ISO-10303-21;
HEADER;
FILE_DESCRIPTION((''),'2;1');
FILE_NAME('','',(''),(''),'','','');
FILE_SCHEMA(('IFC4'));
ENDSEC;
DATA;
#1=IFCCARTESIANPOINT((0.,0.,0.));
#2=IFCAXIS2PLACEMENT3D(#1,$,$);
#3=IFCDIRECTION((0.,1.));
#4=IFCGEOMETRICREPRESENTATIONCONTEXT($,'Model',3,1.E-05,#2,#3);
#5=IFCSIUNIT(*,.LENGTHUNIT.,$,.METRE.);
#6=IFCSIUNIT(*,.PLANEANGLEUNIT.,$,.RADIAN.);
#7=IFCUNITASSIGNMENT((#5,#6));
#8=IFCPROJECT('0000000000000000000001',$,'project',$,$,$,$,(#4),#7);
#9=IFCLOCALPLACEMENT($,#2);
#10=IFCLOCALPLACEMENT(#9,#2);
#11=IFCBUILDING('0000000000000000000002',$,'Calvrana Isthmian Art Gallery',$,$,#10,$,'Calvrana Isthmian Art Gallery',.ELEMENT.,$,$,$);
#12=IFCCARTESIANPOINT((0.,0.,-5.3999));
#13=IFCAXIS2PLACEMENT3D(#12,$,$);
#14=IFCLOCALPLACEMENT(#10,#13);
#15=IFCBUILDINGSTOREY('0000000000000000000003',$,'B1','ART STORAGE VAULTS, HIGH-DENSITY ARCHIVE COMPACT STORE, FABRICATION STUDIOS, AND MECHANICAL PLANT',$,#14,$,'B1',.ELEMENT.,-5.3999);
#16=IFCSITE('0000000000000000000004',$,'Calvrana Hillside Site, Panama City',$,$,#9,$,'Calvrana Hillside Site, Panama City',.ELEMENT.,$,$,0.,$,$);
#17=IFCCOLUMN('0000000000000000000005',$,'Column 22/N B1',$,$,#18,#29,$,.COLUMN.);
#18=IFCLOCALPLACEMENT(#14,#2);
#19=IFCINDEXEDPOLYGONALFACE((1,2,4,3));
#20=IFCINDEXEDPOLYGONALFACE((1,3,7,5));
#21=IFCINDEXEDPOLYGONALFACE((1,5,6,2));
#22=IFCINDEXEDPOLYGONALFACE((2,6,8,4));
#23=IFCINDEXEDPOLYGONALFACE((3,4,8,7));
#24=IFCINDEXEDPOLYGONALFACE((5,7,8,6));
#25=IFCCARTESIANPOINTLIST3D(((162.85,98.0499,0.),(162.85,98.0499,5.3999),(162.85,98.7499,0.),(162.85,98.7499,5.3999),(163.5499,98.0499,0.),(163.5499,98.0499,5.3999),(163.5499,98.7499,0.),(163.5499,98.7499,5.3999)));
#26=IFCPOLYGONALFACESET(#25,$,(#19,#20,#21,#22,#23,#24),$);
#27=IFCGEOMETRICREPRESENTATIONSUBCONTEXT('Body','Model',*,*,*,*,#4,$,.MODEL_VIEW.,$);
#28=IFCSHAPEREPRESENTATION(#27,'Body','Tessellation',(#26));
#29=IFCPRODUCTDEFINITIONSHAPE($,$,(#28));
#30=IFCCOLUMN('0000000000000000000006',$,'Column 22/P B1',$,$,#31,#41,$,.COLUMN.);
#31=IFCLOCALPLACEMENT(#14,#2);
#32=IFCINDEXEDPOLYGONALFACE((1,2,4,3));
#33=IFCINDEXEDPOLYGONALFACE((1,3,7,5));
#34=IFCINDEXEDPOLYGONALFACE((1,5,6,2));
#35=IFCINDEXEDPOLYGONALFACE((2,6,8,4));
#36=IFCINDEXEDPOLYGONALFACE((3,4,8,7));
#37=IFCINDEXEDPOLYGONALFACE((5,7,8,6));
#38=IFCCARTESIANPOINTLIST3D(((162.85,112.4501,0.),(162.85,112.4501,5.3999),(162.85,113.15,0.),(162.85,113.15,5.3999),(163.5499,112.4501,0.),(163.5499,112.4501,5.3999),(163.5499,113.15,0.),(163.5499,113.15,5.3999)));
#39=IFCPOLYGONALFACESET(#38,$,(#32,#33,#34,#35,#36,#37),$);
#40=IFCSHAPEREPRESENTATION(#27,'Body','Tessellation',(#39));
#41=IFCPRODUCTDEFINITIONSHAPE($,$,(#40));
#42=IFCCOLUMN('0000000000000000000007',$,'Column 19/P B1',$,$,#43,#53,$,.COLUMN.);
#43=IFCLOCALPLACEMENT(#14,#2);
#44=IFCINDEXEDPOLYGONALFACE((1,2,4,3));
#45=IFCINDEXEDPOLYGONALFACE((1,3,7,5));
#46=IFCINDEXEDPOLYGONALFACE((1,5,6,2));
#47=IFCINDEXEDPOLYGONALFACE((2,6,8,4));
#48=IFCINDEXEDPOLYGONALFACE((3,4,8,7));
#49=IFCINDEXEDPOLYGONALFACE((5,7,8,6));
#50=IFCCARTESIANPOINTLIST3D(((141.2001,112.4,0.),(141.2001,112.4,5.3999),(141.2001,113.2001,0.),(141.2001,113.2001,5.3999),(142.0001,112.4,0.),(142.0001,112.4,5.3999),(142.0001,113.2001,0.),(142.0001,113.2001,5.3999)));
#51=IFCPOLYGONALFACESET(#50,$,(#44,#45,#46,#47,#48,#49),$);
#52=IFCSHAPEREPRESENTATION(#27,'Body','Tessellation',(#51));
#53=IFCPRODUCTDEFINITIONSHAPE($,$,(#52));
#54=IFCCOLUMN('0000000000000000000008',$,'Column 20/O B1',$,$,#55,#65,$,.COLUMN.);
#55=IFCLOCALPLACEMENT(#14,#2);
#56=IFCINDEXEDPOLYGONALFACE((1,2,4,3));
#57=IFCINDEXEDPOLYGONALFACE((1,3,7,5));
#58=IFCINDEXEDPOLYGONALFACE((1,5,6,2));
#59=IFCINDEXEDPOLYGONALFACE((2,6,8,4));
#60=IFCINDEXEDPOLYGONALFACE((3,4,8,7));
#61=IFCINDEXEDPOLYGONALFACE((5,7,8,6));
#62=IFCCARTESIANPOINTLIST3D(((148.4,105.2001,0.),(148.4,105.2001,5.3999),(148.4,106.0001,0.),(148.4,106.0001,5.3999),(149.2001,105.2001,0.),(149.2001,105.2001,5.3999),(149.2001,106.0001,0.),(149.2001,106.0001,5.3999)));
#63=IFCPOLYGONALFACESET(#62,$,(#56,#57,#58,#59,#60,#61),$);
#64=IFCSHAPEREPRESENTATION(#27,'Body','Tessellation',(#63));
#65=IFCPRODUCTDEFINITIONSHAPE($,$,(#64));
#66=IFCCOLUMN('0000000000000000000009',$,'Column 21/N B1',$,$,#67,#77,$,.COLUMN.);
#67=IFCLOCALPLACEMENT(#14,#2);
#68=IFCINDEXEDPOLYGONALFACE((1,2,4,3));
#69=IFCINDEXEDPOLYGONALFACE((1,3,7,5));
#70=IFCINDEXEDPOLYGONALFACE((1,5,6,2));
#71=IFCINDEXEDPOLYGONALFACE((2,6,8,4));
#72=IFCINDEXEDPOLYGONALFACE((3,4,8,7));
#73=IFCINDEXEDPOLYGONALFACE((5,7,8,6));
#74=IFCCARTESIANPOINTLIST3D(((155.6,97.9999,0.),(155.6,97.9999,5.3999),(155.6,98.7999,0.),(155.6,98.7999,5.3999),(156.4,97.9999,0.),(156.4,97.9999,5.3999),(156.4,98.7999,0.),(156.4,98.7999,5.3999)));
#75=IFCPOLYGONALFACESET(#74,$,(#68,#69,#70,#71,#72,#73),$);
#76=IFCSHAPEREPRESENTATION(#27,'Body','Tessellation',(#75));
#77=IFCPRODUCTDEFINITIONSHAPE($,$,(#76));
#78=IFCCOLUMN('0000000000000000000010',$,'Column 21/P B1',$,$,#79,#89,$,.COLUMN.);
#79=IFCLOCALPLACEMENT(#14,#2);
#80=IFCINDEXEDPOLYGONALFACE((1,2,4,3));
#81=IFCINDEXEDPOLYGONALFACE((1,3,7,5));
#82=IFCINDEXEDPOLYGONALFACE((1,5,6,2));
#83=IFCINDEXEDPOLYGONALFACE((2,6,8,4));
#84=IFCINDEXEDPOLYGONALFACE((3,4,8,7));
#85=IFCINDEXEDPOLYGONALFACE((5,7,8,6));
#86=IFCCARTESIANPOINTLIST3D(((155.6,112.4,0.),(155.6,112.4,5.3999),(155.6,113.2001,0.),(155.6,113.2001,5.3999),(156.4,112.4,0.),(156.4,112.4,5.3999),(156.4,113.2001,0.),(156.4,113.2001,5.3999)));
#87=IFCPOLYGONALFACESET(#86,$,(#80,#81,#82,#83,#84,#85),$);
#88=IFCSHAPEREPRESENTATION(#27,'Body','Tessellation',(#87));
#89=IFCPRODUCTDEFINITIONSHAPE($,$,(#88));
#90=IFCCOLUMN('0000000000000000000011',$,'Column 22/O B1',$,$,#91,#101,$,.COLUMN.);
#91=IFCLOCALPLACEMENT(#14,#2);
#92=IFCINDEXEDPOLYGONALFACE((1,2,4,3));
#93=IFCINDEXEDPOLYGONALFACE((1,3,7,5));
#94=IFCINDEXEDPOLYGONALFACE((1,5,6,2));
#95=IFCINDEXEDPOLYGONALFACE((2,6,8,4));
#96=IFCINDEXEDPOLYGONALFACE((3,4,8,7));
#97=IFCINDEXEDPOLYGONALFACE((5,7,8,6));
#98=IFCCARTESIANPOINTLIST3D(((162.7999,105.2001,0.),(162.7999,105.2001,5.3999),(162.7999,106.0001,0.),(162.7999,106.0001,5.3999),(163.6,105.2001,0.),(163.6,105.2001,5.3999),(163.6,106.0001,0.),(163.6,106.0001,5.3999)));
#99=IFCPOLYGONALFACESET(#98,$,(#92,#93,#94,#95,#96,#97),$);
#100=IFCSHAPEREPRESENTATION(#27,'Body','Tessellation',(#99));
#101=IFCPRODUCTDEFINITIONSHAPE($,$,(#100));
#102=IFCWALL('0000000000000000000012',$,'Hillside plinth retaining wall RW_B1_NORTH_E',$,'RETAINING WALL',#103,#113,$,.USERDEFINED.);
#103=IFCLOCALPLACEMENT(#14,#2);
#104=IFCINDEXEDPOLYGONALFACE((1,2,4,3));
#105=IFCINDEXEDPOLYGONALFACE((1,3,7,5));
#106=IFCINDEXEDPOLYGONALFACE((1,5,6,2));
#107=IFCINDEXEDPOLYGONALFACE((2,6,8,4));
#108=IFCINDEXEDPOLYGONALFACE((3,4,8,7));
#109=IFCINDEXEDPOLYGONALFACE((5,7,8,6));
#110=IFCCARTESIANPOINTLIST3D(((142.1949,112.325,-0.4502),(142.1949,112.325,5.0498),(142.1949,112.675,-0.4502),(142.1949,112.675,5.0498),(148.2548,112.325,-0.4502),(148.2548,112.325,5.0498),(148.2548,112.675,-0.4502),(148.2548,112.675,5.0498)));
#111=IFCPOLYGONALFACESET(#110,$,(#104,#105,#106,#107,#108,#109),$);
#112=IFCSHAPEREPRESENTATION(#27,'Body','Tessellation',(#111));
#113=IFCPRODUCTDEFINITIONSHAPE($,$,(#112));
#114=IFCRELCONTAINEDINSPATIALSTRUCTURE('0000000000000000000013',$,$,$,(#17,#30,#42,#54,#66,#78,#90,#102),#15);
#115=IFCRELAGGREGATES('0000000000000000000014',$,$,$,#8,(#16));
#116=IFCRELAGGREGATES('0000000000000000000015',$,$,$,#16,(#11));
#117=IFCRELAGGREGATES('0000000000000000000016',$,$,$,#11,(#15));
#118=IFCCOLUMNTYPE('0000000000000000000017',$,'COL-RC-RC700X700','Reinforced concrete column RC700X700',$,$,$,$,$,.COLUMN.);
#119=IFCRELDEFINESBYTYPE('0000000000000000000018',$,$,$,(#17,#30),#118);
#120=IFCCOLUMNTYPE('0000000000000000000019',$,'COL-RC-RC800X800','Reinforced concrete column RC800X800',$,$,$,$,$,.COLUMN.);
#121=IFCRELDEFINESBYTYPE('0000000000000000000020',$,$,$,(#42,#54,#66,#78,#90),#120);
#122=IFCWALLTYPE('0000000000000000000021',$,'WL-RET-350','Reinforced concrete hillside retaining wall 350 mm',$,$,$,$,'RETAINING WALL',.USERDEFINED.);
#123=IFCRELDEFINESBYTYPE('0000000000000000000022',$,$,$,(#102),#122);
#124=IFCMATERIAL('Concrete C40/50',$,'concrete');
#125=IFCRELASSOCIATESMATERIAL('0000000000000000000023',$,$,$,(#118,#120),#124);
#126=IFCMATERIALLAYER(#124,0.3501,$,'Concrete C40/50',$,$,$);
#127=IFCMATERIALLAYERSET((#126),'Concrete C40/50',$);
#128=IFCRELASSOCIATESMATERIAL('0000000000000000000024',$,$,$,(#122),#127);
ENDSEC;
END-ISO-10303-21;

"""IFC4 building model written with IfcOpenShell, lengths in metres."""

from ifc_helpers import new_model, si_unit, direction, frame, frame_2d, origin, origin_2d, place, context, subcontext, project, spatial, rectangle, extrude, material, layer, layer_set, material_profile, profile_set, type_object, element, save


model = new_model("IFC4")

# Units and contexts
model_context = context("Model", 3, precision=1e-05, world=origin(), true_north=direction((0.0, 1.0)))
body_context = subcontext(model_context, "Body", "Model", "MODEL_VIEW")
ifc_project = project(units=[si_unit("LENGTHUNIT", "METRE"), si_unit("PLANEANGLEUNIT", "RADIAN")], contexts=[model_context])

# Site, building, storey
site_placement = place(None, origin())
site = spatial("IfcSite", under=ifc_project, at=site_placement, Name="Calvrana Hillside Site, Panama City", LongName="Calvrana Hillside Site, Panama City", CompositionType="ELEMENT", RefElevation=0.0)
building_placement = place(site_placement, origin())
building = spatial("IfcBuilding", under=site, at=building_placement, Name="Calvrana Isthmian Art Gallery", LongName="Calvrana Isthmian Art Gallery", CompositionType="ELEMENT")
storey_placement = place(building_placement, frame((0.0, 0.0, -5.3999)))
storey = spatial("IfcBuildingStorey", under=building, at=storey_placement, Name="B1", Description="ART STORAGE VAULTS, HIGH-DENSITY ARCHIVE COMPACT STORE, FABRICATION STUDIOS, AND MECHANICAL PLANT", LongName="B1", CompositionType="ELEMENT", Elevation=-5.3999)

# Columns
ifc_material_1 = material(Name="Concrete C40/50", Category="concrete")
ifc_material_profile_1 = material_profile(ifc_material_1, rectangle(XDim=0.7, YDim=0.7, at=origin_2d()), Name="RC700X700")
ifc_profile_set_1 = profile_set([ifc_material_profile_1], Name="Concrete C40/50")
column_type_1 = type_object("IfcColumnType", Name="COL-RC-RC700X700", Description="Reinforced concrete column RC700X700", PredefinedType="COLUMN", material=ifc_profile_set_1)
for number, where, z_axis, x_axis, name in (
    (1, (163.2, 98.3999, 0.0), (0.0, 0.0, 1.0), (1.0, 0.0, 0.0), "Column 22/N B1"),
    (2, (163.2, 112.8, 0.0), (0.0, 0.0, 1.0), (1.0, 0.0, 0.0), "Column 22/P B1"),
):
    element("IfcColumn", number, at=place(storey_placement, frame(where, z_axis=z_axis, x_axis=x_axis)), inside=storey, type_object=column_type_1, Name=name, PredefinedType="COLUMN", context=body_context, shape_type="SweptSolid", body=[
        extrude(rectangle(XDim=0.7, YDim=0.7, at=origin_2d()), origin(), (0.0, 0.0, 1.0), 5.3999),
    ])
ifc_material_profile_2 = material_profile(ifc_material_1, rectangle(XDim=0.8, YDim=0.8, at=origin_2d()), Name="RC800X800")
ifc_profile_set_2 = profile_set([ifc_material_profile_2], Name="Concrete C40/50")
column_type_2 = type_object("IfcColumnType", Name="COL-RC-RC800X800", Description="Reinforced concrete column RC800X800", PredefinedType="COLUMN", material=ifc_profile_set_2)
for number, where, z_axis, x_axis, name in (
    (3, (141.6001, 112.8, 0.0), (0.0, 0.0, 1.0), (1.0, 0.0, 0.0), "Column 19/P B1"),
    (4, (148.8, 105.6001, 0.0), (0.0, 0.0, 1.0), (1.0, 0.0, 0.0), "Column 20/O B1"),
    (5, (156.0, 98.3999, 0.0), (0.0, 0.0, 1.0), (1.0, 0.0, 0.0), "Column 21/N B1"),
    (6, (156.0, 112.8, 0.0), (0.0, 0.0, 1.0), (1.0, 0.0, 0.0), "Column 21/P B1"),
    (7, (163.2, 105.6001, 0.0), (0.0, 0.0, 1.0), (1.0, 0.0, 0.0), "Column 22/O B1"),
):
    element("IfcColumn", number, at=place(storey_placement, frame(where, z_axis=z_axis, x_axis=x_axis)), inside=storey, type_object=column_type_2, Name=name, PredefinedType="COLUMN", context=body_context, shape_type="SweptSolid", body=[
        extrude(rectangle(XDim=0.8, YDim=0.8, at=origin_2d()), origin(), (0.0, 0.0, 1.0), 5.3999),
    ])

# Wall
ifc_layer = layer(ifc_material_1, 0.3501, Name="Concrete C40/50")
ifc_layer_set = layer_set([ifc_layer], Name="Concrete C40/50")
wall_type = type_object("IfcWallType", Name="WL-RET-350", Description="Reinforced concrete hillside retaining wall 350 mm", ElementType="RETAINING WALL", PredefinedType="USERDEFINED", material=ifc_layer_set)
wall_placement = place(storey_placement, frame((142.1951, 112.5, -0.4502), z_axis=(0.0, 0.0, 1.0), x_axis=(1.0, 0.0, 0.0)))
element("IfcWall", 8, at=wall_placement, inside=storey, type_object=wall_type, Name="Hillside plinth retaining wall RW_B1_NORTH_E", ObjectType="RETAINING WALL", PredefinedType="USERDEFINED", context=body_context, shape_type="SweptSolid", body=[
    extrude(rectangle(XDim=6.0598, YDim=0.3501, at=frame_2d((3.0298, 0.0))), origin(), (0.0, 0.0, 1.0), 5.5),
])

save(model, "model.ifc")
